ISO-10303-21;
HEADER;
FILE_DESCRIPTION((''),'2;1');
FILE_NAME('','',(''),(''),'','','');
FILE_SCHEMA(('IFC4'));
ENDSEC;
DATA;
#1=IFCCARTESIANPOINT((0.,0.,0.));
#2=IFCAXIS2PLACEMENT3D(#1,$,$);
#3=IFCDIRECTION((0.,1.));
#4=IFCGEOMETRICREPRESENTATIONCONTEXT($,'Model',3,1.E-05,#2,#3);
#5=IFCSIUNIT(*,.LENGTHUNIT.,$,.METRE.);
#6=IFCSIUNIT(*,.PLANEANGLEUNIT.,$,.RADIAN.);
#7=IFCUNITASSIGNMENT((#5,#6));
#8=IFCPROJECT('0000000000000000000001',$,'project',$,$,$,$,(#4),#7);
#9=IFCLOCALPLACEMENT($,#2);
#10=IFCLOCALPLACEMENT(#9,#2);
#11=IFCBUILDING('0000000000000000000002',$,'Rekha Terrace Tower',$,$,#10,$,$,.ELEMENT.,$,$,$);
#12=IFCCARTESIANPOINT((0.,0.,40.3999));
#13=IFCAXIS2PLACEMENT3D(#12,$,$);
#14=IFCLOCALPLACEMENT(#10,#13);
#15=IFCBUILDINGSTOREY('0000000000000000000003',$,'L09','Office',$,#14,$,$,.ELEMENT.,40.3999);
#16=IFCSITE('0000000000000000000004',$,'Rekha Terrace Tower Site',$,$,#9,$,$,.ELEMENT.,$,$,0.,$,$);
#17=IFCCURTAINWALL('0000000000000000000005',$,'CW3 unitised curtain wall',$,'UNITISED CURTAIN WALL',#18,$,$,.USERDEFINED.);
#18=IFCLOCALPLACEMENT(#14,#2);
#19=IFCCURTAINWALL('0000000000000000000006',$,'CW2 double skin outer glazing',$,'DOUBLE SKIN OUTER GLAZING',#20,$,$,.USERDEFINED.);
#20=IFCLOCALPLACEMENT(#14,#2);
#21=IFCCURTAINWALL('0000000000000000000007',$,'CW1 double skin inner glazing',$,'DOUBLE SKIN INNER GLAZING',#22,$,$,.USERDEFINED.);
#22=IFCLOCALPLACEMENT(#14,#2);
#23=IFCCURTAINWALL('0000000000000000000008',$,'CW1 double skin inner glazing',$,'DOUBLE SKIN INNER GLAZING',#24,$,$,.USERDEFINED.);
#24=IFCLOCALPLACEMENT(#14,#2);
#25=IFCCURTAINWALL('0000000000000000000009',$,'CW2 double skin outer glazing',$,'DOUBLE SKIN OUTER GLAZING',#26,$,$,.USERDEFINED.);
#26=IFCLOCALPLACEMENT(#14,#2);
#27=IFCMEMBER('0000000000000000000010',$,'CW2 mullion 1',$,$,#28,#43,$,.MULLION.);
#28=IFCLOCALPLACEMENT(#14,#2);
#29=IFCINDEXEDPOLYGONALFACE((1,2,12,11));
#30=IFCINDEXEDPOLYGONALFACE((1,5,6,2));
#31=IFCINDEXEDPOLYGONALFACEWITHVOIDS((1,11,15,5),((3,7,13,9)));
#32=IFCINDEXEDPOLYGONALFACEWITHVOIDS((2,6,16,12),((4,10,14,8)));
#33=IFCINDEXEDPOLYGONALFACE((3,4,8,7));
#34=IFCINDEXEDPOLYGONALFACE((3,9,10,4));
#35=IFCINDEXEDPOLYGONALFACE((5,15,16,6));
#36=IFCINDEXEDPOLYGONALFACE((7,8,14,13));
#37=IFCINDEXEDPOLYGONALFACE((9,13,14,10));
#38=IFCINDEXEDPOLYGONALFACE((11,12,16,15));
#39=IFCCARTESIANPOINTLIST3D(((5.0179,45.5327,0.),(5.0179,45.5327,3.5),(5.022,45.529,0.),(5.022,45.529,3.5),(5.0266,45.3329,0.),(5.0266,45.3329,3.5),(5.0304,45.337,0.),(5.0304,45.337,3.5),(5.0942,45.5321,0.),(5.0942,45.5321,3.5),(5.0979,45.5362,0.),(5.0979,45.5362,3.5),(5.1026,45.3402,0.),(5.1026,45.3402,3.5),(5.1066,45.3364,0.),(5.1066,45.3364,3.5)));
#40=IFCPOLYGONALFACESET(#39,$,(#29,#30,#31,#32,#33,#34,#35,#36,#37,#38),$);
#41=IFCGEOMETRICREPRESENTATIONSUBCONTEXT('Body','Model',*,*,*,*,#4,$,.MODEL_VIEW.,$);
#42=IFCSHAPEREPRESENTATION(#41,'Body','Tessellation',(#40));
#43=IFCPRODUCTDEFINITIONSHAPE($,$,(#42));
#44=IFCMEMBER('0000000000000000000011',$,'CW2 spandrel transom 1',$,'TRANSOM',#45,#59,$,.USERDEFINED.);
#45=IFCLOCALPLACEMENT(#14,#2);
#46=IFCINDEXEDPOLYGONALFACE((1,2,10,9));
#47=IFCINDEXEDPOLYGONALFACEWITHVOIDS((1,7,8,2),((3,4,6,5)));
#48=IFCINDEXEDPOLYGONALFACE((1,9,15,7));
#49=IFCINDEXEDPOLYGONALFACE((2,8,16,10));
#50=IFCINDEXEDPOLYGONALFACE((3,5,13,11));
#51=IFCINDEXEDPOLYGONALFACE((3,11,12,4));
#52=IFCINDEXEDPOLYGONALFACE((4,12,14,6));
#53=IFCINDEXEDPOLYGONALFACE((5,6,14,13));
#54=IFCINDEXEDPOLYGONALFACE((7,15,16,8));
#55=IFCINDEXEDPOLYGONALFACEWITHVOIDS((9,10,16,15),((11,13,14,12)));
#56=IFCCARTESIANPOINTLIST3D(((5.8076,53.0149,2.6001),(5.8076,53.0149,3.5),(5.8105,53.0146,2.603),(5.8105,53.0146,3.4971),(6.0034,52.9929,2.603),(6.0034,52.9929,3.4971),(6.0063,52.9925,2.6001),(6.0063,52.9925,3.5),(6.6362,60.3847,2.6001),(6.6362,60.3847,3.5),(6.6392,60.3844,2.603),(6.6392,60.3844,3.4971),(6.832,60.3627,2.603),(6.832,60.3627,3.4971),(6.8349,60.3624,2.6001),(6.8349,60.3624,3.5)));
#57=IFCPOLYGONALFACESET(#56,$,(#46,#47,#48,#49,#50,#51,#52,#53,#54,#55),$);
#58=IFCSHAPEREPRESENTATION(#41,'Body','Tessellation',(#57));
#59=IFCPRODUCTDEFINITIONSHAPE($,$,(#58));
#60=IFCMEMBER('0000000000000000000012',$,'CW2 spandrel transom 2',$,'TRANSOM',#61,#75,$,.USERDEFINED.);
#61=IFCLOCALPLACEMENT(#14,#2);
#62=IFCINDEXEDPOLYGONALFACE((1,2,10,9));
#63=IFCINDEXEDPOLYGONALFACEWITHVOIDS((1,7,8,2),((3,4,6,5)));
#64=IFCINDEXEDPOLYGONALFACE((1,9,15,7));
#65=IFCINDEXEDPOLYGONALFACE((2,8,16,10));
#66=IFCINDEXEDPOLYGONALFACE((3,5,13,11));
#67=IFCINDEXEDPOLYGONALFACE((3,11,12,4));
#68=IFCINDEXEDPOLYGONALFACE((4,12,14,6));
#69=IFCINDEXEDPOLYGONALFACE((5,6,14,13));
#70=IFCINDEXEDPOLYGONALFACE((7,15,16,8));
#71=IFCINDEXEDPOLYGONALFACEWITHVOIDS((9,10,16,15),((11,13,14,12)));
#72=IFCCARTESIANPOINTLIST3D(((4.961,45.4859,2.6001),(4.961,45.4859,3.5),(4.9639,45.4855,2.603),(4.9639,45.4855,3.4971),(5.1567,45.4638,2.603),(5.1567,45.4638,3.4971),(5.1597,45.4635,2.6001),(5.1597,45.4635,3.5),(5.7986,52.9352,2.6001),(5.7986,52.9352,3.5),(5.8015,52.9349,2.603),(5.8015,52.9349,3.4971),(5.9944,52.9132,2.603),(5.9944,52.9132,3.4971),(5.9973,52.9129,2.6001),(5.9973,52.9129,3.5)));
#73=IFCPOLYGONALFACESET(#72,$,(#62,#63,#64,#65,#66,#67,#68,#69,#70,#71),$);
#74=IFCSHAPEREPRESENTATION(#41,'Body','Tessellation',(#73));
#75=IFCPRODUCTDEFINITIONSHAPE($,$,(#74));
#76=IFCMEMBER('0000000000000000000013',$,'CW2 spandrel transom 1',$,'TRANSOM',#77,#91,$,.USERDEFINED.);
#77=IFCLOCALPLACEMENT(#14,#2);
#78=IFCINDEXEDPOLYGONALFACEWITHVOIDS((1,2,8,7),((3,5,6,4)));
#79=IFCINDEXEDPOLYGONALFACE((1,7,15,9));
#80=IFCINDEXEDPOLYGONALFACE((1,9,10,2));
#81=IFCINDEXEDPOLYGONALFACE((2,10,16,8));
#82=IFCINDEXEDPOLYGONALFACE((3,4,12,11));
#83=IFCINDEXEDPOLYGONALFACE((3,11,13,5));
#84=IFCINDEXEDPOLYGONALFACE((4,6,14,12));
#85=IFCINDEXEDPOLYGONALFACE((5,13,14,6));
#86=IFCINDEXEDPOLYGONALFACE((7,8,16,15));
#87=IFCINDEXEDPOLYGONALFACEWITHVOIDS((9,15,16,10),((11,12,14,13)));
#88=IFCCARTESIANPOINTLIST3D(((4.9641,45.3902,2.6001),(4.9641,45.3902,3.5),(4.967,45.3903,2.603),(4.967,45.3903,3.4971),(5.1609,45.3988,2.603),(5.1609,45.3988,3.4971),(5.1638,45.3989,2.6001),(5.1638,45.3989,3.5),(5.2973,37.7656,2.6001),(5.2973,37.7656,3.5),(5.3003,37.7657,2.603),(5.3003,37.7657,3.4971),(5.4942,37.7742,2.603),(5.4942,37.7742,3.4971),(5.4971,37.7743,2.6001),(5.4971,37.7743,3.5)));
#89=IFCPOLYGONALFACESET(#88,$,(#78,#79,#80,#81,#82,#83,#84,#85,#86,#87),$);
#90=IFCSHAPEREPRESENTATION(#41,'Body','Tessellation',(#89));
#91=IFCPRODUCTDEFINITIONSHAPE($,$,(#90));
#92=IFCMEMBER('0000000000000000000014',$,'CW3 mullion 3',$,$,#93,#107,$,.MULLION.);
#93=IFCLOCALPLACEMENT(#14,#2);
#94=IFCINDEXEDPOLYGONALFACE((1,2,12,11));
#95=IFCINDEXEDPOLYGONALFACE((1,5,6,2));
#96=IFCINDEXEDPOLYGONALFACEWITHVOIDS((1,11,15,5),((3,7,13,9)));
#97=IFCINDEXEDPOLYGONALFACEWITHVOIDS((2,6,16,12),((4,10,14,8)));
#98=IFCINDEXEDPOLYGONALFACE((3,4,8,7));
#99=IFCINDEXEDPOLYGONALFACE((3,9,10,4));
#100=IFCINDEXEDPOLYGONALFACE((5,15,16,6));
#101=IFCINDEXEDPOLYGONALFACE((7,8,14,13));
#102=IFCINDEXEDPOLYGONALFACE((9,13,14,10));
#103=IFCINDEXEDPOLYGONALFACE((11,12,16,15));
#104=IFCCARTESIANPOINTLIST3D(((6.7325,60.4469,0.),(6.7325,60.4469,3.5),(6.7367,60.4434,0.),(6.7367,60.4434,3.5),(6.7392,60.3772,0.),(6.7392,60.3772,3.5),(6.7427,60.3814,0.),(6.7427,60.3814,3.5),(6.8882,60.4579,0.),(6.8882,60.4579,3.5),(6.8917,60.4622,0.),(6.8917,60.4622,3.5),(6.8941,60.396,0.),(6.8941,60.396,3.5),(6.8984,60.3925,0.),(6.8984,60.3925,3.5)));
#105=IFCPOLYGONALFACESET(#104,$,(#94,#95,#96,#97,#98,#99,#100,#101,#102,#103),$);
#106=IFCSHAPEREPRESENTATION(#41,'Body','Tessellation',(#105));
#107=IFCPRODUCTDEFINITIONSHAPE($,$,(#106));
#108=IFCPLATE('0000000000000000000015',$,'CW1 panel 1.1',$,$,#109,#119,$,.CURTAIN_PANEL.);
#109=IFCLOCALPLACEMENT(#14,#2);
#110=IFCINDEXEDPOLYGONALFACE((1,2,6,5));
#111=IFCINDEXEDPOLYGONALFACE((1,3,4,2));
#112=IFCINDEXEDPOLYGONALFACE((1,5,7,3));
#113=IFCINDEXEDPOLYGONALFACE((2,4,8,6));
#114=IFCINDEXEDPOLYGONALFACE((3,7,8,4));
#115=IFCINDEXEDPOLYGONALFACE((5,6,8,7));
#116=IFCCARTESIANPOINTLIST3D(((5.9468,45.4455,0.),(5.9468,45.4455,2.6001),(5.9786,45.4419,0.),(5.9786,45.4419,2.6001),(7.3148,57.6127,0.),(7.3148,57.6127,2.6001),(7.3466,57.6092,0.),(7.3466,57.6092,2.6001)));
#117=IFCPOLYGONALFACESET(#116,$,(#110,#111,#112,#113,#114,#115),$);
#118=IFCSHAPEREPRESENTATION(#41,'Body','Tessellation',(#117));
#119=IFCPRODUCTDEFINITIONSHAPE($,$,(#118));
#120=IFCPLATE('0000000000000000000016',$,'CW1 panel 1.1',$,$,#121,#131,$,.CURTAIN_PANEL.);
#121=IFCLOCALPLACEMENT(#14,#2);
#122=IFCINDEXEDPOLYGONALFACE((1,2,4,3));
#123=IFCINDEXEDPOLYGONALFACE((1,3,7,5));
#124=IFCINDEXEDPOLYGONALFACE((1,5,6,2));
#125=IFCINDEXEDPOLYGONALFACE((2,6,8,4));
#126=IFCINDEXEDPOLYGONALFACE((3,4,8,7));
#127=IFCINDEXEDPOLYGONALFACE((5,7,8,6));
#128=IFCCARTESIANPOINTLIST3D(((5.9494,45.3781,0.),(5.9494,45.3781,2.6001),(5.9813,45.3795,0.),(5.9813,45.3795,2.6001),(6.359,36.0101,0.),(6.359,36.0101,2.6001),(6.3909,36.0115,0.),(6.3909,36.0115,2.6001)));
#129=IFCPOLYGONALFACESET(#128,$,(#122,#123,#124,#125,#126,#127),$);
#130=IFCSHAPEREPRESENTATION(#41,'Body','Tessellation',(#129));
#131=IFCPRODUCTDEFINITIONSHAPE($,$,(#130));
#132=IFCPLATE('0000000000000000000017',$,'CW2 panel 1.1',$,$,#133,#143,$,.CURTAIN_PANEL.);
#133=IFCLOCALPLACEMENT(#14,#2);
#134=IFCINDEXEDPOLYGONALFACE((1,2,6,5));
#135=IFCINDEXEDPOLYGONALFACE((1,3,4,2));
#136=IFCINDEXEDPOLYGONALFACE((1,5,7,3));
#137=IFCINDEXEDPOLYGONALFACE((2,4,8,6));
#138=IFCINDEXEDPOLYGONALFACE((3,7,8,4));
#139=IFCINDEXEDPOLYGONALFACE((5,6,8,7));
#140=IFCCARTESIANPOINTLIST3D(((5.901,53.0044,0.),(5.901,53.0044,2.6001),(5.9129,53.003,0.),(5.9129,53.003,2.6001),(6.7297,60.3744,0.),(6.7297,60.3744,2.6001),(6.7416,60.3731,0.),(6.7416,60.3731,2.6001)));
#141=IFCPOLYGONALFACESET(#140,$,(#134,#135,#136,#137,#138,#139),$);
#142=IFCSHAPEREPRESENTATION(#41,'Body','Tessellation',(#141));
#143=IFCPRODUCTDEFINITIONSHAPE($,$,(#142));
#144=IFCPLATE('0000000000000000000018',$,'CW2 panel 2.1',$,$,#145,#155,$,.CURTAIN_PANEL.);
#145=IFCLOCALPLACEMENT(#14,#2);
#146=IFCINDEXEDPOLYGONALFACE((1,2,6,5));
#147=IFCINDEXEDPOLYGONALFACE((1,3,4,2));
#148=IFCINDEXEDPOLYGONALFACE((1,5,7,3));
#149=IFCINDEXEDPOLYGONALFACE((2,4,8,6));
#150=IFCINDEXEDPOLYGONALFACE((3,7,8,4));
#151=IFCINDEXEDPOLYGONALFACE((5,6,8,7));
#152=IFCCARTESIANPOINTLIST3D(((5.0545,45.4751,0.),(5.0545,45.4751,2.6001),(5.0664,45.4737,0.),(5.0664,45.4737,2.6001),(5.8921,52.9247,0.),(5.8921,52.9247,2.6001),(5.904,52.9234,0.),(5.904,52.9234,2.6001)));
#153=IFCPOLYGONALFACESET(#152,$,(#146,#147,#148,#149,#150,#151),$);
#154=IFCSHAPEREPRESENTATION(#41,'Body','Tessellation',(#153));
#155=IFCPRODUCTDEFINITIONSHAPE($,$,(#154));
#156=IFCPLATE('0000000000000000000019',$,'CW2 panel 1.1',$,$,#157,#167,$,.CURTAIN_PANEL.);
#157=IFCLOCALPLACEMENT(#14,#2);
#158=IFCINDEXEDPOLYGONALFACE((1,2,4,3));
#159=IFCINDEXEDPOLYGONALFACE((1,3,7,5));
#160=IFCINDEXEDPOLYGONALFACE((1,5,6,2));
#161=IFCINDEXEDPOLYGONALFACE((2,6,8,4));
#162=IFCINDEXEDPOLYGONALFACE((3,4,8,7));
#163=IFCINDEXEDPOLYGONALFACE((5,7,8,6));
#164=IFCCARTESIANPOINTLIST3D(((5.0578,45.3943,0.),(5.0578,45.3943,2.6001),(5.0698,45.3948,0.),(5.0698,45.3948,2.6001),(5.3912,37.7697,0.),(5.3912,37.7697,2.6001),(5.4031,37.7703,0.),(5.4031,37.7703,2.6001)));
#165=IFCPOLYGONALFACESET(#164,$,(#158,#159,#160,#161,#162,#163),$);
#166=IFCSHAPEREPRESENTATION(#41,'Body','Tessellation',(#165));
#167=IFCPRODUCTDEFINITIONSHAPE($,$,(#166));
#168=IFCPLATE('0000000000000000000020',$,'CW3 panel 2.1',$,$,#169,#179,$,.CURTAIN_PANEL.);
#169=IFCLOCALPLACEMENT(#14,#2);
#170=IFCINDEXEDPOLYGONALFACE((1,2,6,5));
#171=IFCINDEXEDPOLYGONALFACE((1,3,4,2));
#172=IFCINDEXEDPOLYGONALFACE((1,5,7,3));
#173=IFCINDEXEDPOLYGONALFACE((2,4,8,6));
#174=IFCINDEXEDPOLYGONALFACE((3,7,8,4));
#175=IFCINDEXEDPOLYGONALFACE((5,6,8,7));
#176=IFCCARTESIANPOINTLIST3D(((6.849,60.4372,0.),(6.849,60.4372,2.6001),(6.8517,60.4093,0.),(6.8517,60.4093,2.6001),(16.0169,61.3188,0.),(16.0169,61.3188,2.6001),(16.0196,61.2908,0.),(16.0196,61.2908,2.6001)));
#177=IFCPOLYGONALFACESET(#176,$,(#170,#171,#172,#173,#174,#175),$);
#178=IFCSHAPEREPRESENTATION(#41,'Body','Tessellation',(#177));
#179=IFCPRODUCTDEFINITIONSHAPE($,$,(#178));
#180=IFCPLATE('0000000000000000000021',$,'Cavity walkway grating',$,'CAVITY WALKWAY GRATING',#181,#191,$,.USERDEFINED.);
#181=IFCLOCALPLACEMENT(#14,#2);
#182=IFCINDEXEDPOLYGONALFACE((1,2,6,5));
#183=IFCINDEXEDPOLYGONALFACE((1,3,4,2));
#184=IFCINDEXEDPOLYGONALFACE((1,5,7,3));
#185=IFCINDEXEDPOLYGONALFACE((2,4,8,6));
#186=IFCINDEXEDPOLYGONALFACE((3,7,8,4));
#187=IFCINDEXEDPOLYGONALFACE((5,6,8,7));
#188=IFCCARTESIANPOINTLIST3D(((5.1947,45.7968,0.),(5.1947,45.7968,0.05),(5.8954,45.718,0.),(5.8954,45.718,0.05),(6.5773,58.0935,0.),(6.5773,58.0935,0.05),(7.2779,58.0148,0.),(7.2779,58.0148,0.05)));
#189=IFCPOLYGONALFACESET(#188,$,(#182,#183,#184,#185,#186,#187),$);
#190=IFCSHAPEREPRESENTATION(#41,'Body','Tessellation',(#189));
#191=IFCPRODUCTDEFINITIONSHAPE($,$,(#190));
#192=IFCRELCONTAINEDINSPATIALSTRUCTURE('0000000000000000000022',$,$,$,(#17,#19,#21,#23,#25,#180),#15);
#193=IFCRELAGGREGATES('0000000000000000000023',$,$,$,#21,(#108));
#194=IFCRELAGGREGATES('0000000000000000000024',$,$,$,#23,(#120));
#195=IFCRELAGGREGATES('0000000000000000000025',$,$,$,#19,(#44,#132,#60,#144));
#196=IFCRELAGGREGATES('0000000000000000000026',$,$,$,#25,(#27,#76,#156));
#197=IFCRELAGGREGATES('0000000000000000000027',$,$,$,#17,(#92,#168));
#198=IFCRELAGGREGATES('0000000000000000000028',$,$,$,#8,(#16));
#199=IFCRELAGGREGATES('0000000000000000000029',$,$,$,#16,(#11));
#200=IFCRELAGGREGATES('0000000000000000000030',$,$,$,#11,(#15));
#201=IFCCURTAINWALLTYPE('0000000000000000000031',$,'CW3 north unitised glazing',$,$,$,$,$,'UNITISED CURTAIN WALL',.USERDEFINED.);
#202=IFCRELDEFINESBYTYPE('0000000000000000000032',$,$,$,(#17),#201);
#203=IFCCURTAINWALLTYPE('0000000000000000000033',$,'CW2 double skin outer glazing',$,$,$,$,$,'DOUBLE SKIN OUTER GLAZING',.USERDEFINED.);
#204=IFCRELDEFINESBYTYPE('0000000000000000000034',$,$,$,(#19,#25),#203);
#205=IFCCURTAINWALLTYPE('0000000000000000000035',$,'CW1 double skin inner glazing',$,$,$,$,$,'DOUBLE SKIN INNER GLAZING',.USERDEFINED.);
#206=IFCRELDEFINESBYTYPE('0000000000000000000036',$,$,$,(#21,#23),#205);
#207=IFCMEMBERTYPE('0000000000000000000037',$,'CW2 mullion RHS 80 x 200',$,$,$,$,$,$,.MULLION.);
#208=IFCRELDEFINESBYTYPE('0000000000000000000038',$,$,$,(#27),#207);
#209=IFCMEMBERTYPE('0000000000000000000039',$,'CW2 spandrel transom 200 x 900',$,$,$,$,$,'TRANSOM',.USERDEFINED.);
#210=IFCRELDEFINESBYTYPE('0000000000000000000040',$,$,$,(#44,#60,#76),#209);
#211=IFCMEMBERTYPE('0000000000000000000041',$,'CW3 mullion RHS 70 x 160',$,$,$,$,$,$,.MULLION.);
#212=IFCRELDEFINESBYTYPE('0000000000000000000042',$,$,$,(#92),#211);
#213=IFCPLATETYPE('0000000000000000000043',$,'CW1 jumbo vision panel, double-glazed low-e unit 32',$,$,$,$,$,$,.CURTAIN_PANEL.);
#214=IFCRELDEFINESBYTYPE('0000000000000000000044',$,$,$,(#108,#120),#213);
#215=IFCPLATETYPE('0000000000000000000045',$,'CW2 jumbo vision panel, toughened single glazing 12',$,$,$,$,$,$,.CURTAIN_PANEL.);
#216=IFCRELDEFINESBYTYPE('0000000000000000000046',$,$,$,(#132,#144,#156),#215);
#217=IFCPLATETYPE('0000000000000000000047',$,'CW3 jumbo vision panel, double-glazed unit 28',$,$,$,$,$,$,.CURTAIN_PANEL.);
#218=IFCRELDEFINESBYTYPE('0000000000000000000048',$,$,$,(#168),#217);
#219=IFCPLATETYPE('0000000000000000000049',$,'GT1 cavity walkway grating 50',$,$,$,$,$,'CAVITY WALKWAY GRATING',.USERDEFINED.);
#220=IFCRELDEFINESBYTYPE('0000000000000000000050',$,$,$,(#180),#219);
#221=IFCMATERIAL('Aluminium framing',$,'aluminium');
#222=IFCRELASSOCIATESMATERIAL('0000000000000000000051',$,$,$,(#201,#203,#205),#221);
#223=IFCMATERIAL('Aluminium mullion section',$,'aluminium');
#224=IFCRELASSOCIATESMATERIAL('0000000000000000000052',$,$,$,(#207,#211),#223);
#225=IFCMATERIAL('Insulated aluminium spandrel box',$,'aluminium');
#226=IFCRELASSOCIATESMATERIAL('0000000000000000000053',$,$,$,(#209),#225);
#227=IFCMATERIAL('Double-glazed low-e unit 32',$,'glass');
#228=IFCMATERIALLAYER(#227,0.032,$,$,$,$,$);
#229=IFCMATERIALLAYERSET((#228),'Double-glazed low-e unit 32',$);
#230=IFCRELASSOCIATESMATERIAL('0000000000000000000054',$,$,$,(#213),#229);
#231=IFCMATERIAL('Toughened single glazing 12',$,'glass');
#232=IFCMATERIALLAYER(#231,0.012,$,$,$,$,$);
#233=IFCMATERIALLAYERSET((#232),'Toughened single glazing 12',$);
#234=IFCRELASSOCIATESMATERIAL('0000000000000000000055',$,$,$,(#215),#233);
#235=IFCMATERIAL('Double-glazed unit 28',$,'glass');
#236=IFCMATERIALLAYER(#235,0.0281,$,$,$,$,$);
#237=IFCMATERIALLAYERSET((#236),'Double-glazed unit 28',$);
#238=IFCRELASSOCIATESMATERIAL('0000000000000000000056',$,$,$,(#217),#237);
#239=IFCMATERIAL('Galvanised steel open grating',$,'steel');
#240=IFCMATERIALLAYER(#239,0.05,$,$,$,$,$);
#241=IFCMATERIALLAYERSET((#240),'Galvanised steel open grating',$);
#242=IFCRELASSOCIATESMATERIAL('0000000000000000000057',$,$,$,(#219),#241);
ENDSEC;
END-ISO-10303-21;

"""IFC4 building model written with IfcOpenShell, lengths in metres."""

from ifc_helpers import new_model, si_unit, direction, frame, origin, origin_2d, place, context, subcontext, project, spatial, rectangle, hollow_rectangle, extrude, material, layer, layer_set, material_profile, profile_set, type_object, element, aggregate, save


model = new_model("IFC4")

# Units and contexts
model_context = context("Model", 3, precision=1e-05, world=origin(), true_north=direction((0.0, 1.0)))
body_context = subcontext(model_context, "Body", "Model", "MODEL_VIEW")
ifc_project = project(units=[si_unit("LENGTHUNIT", "METRE"), si_unit("PLANEANGLEUNIT", "RADIAN")], contexts=[model_context])

# Site, building, storey
site_placement = place(None, origin())
site = spatial("IfcSite", under=ifc_project, at=site_placement, Name="Rekha Terrace Tower Site", CompositionType="ELEMENT", RefElevation=0.0)
building_placement = place(site_placement, origin())
building = spatial("IfcBuilding", under=site, at=building_placement, Name="Rekha Terrace Tower", CompositionType="ELEMENT")
storey_placement = place(building_placement, frame((0.0, 0.0, 40.3999)))
storey = spatial("IfcBuildingStorey", under=building, at=storey_placement, Name="L09", Description="Office", CompositionType="ELEMENT", Elevation=40.3999)

# Curtain walls
ifc_material_1 = material(Name="Aluminium framing", Category="aluminium")
curtain_wall_type_1 = type_object("IfcCurtainWallType", Name="CW3 north unitised glazing", ElementType="UNITISED CURTAIN WALL", PredefinedType="USERDEFINED", material=ifc_material_1)
curtain_wall_1_placement = place(storey_placement, origin())
curtain_wall_1 = element("IfcCurtainWall", 1, at=curtain_wall_1_placement, inside=storey, type_object=curtain_wall_type_1, Name="CW3 unitised curtain wall", ObjectType="UNITISED CURTAIN WALL", PredefinedType="USERDEFINED")
curtain_wall_type_2 = type_object("IfcCurtainWallType", Name="CW2 double skin outer glazing", ElementType="DOUBLE SKIN OUTER GLAZING", PredefinedType="USERDEFINED", material=ifc_material_1)
curtain_wall_2_placement = place(storey_placement, origin())
curtain_wall_2 = element("IfcCurtainWall", 2, at=curtain_wall_2_placement, inside=storey, type_object=curtain_wall_type_2, Name="CW2 double skin outer glazing", ObjectType="DOUBLE SKIN OUTER GLAZING", PredefinedType="USERDEFINED")
curtain_wall_type_3 = type_object("IfcCurtainWallType", Name="CW1 double skin inner glazing", ElementType="DOUBLE SKIN INNER GLAZING", PredefinedType="USERDEFINED", material=ifc_material_1)
curtain_wall_3_placement = place(storey_placement, origin())
curtain_wall_3 = element("IfcCurtainWall", 3, at=curtain_wall_3_placement, inside=storey, type_object=curtain_wall_type_3, Name="CW1 double skin inner glazing", ObjectType="DOUBLE SKIN INNER GLAZING", PredefinedType="USERDEFINED")
ifc_material_2 = material(Name="Aluminium mullion section", Category="aluminium")
curtain_wall_4_placement = place(storey_placement, origin())
curtain_wall_4 = element("IfcCurtainWall", 4, at=curtain_wall_4_placement, inside=storey, type_object=curtain_wall_type_3, Name="CW1 double skin inner glazing", ObjectType="DOUBLE SKIN INNER GLAZING", PredefinedType="USERDEFINED")

# Shared definitions
ifc_material_3 = material(Name="Insulated aluminium spandrel box", Category="aluminium")
ifc_material_profile_1 = material_profile(ifc_material_2, hollow_rectangle(XDim=0.0801, YDim=0.2, WallThickness=0.0039, at=origin_2d()), Name="AL RHS 80x200")
ifc_profile_set_1 = profile_set([ifc_material_profile_1], Name="Aluminium mullion section")
member_type_1 = type_object("IfcMemberType", Name="CW2 mullion RHS 80 x 200", PredefinedType="MULLION", material=ifc_profile_set_1)

# Curtain wall, member
curtain_wall_5_placement = place(storey_placement, origin())
curtain_wall_5 = element("IfcCurtainWall", 5, at=curtain_wall_5_placement, inside=storey, type_object=curtain_wall_type_2, Name="CW2 double skin outer glazing", ObjectType="DOUBLE SKIN OUTER GLAZING", PredefinedType="USERDEFINED")
member_1_placement = place(storey_placement, frame((5.0623, 45.4346, 0.0), z_axis=(0.0, 0.0, 1.0), x_axis=(0.999045, 0.043683, 0.0)))
member_1 = element("IfcMember", 6, at=member_1_placement, type_object=member_type_1, Name="CW2 mullion 1", PredefinedType="MULLION", context=body_context, shape_type="SweptSolid", body=[
    extrude(hollow_rectangle(XDim=0.0801, YDim=0.2, WallThickness=0.0039, at=origin_2d()), origin(), (0.0, 0.0, 1.0), 3.5),
])

# Members
ifc_material_profile_2 = material_profile(ifc_material_3, hollow_rectangle(XDim=0.2, YDim=0.8999, WallThickness=0.0029, at=origin_2d()), Name="AL SPANDREL BOX 200x900")
ifc_profile_set_2 = profile_set([ifc_material_profile_2], Name="Insulated aluminium spandrel box")
member_type_2 = type_object("IfcMemberType", Name="CW2 spandrel transom 200 x 900", ElementType="TRANSOM", PredefinedType="USERDEFINED", material=ifc_profile_set_2)
member_2_placement = place(storey_placement, frame((6.7356, 60.3735, 3.05), z_axis=(-0.111729, -0.993739, 0.0), x_axis=(0.993739, -0.111729, 0.0)))
member_2 = element("IfcMember", 7, at=member_2_placement, type_object=member_type_2, Name="CW2 spandrel transom 1", ObjectType="TRANSOM", PredefinedType="USERDEFINED", context=body_context, shape_type="SweptSolid", body=[
    extrude(hollow_rectangle(XDim=0.2, YDim=0.8999, WallThickness=0.0029, at=origin_2d()), origin(), (0.0, 0.0, 1.0), 7.4163),
])
member_3_placement = place(storey_placement, frame((5.8979, 52.9241, 3.05), z_axis=(-0.11174, -0.993738, 0.0), x_axis=(0.993738, -0.11174, 0.0)))
member_3 = element("IfcMember", 8, at=member_3_placement, type_object=member_type_2, Name="CW2 spandrel transom 2", ObjectType="TRANSOM", PredefinedType="USERDEFINED", context=body_context, shape_type="SweptSolid", body=[
    extrude(hollow_rectangle(XDim=0.2, YDim=0.8999, WallThickness=0.0029, at=origin_2d()), origin(), (0.0, 0.0, 1.0), 7.4963),
])
member_4_placement = place(storey_placement, frame((5.064, 45.3945, 3.05), z_axis=(0.043666, -0.999046, 0.0), x_axis=(0.999046, 0.043666, 0.0)))
member_4 = element("IfcMember", 9, at=member_4_placement, type_object=member_type_2, Name="CW2 spandrel transom 1", ObjectType="TRANSOM", PredefinedType="USERDEFINED", context=body_context, shape_type="SweptSolid", body=[
    extrude(hollow_rectangle(XDim=0.2, YDim=0.8999, WallThickness=0.0029, at=origin_2d()), origin(), (0.0, 0.0, 1.0), 7.6318),
])
ifc_material_profile_3 = material_profile(ifc_material_2, hollow_rectangle(XDim=0.0701, YDim=0.1599, WallThickness=0.0039, at=origin_2d()), Name="AL RHS 70x160")
ifc_profile_set_3 = profile_set([ifc_material_profile_3], Name="Aluminium mullion section")
member_type_3 = type_object("IfcMemberType", Name="CW3 mullion RHS 70 x 160", PredefinedType="MULLION", material=ifc_profile_set_3)
member_5_placement = place(storey_placement, frame((6.8154, 60.4197, 0.0), z_axis=(0.0, 0.0, 1.0), x_axis=(0.095712, -0.995409, 0.0)))
member_5 = element("IfcMember", 10, at=member_5_placement, type_object=member_type_3, Name="CW3 mullion 3", PredefinedType="MULLION", context=body_context, shape_type="SweptSolid", body=[
    extrude(hollow_rectangle(XDim=0.0701, YDim=0.1599, WallThickness=0.0039, at=origin_2d()), origin(), (0.0, 0.0, 1.0), 3.5),
])

# Plates
ifc_material_4 = material(Name="Double-glazed low-e unit 32", Category="glass")
ifc_layer_1 = layer(ifc_material_4, 0.032)
ifc_layer_set_1 = layer_set([ifc_layer_1], Name="Double-glazed low-e unit 32")
plate_type_1 = type_object("IfcPlateType", Name="CW1 jumbo vision panel, double-glazed low-e unit 32", PredefinedType="CURTAIN_PANEL", material=ifc_layer_set_1)
plate_1_placement = place(storey_placement, frame((6.6467, 51.5273, 0.0), z_axis=(0.0, 0.0, 1.0), x_axis=(-0.11173, -0.993739, 0.0)))
plate_1 = element("IfcPlate", 11, at=plate_1_placement, type_object=plate_type_1, Name="CW1 panel 1.1", PredefinedType="CURTAIN_PANEL", context=body_context, shape_type="SweptSolid", body=[
    extrude(rectangle(XDim=12.2439, YDim=0.032, at=origin_2d()), origin(), (0.0, 0.0, 1.0), 2.6001),
])
aggregate(curtain_wall_3, [plate_1])
plate_2_placement = place(storey_placement, frame((6.1702, 40.6948, 0.0), z_axis=(0.0, 0.0, 1.0), x_axis=(0.043683, -0.999045, 0.0)))
plate_2 = element("IfcPlate", 12, at=plate_2_placement, type_object=plate_type_1, Name="CW1 panel 1.1", PredefinedType="CURTAIN_PANEL", context=body_context, shape_type="SweptSolid", body=[
    extrude(rectangle(XDim=9.377, YDim=0.032, at=origin_2d()), origin(), (0.0, 0.0, 1.0), 2.6001),
])
aggregate(curtain_wall_4, [plate_2])
ifc_material_5 = material(Name="Toughened single glazing 12", Category="glass")
ifc_layer_2 = layer(ifc_material_5, 0.012)
ifc_layer_set_2 = layer_set([ifc_layer_2], Name="Toughened single glazing 12")
plate_type_2 = type_object("IfcPlateType", Name="CW2 jumbo vision panel, toughened single glazing 12", PredefinedType="CURTAIN_PANEL", material=ifc_layer_set_2)
plate_3_placement = place(storey_placement, frame((6.3213, 56.6887, 0.0), z_axis=(0.0, 0.0, 1.0), x_axis=(-0.11173, -0.993739, 0.0)))
plate_3 = element("IfcPlate", 13, at=plate_3_placement, type_object=plate_type_2, Name="CW2 panel 1.1", PredefinedType="CURTAIN_PANEL", context=body_context, shape_type="SweptSolid", body=[
    extrude(rectangle(XDim=7.4165, YDim=0.012, at=origin_2d()), origin(), (0.0, 0.0, 1.0), 2.6001),
])
plate_4_placement = place(storey_placement, frame((5.4792, 49.1992, 0.0), z_axis=(0.0, 0.0, 1.0), x_axis=(-0.11173, -0.993739, 0.0)))
plate_4 = element("IfcPlate", 14, at=plate_4_placement, type_object=plate_type_2, Name="CW2 panel 2.1", PredefinedType="CURTAIN_PANEL", context=body_context, shape_type="SweptSolid", body=[
    extrude(rectangle(XDim=7.4966, YDim=0.012, at=origin_2d()), origin(), (0.0, 0.0, 1.0), 2.6001),
])
aggregate(curtain_wall_2, [member_2, plate_3, member_3, plate_4])
plate_5_placement = place(storey_placement, frame((5.2305, 41.5823, 0.0), z_axis=(0.0, 0.0, 1.0), x_axis=(0.043683, -0.999045, 0.0)))
plate_5 = element("IfcPlate", 15, at=plate_5_placement, type_object=plate_type_2, Name="CW2 panel 1.1", PredefinedType="CURTAIN_PANEL", context=body_context, shape_type="SweptSolid", body=[
    extrude(rectangle(XDim=7.6318, YDim=0.012, at=origin_2d()), origin(), (0.0, 0.0, 1.0), 2.6001),
])
aggregate(curtain_wall_5, [member_1, member_4, plate_5])
ifc_material_6 = material(Name="Double-glazed unit 28", Category="glass")
ifc_layer_3 = layer(ifc_material_6, 0.0281)
ifc_layer_set_3 = layer_set([ifc_layer_3], Name="Double-glazed unit 28")
plate_type_3 = type_object("IfcPlateType", Name="CW3 jumbo vision panel, double-glazed unit 28", PredefinedType="CURTAIN_PANEL", material=ifc_layer_set_3)
plate_6_placement = place(storey_placement, frame((11.4343, 60.864, 0.0), z_axis=(0.0, 0.0, 1.0), x_axis=(-0.995409, -0.095712, 0.0)))
plate_6 = element("IfcPlate", 16, at=plate_6_placement, type_object=plate_type_3, Name="CW3 panel 2.1", PredefinedType="CURTAIN_PANEL", context=body_context, shape_type="SweptSolid", body=[
    extrude(rectangle(XDim=9.2102, YDim=0.0281, at=origin_2d()), origin(), (0.0, 0.0, 1.0), 2.6001),
])
aggregate(curtain_wall_1, [member_5, plate_6])
ifc_material_7 = material(Name="Galvanised steel open grating", Category="steel")
ifc_layer_4 = layer(ifc_material_7, 0.05)
ifc_layer_set_4 = layer_set([ifc_layer_4], Name="Galvanised steel open grating")
plate_type_4 = type_object("IfcPlateType", Name="GT1 cavity walkway grating 50", ElementType="CAVITY WALKWAY GRATING", PredefinedType="USERDEFINED", material=ifc_layer_set_4)
plate_7_placement = place(storey_placement, frame((6.2363, 51.9058, 0.0), z_axis=(0.0, 0.0, 1.0), x_axis=(-0.11173, -0.993739, 0.0)))
element("IfcPlate", 17, at=plate_7_placement, inside=storey, type_object=plate_type_4, Name="Cavity walkway grating", ObjectType="CAVITY WALKWAY GRATING", PredefinedType="USERDEFINED", context=body_context, shape_type="SweptSolid", body=[
    extrude(rectangle(XDim=12.3743, YDim=0.7051, at=origin_2d()), origin(), (0.0, 0.0, 1.0), 0.05),
])

save(model, "model.ifc")
